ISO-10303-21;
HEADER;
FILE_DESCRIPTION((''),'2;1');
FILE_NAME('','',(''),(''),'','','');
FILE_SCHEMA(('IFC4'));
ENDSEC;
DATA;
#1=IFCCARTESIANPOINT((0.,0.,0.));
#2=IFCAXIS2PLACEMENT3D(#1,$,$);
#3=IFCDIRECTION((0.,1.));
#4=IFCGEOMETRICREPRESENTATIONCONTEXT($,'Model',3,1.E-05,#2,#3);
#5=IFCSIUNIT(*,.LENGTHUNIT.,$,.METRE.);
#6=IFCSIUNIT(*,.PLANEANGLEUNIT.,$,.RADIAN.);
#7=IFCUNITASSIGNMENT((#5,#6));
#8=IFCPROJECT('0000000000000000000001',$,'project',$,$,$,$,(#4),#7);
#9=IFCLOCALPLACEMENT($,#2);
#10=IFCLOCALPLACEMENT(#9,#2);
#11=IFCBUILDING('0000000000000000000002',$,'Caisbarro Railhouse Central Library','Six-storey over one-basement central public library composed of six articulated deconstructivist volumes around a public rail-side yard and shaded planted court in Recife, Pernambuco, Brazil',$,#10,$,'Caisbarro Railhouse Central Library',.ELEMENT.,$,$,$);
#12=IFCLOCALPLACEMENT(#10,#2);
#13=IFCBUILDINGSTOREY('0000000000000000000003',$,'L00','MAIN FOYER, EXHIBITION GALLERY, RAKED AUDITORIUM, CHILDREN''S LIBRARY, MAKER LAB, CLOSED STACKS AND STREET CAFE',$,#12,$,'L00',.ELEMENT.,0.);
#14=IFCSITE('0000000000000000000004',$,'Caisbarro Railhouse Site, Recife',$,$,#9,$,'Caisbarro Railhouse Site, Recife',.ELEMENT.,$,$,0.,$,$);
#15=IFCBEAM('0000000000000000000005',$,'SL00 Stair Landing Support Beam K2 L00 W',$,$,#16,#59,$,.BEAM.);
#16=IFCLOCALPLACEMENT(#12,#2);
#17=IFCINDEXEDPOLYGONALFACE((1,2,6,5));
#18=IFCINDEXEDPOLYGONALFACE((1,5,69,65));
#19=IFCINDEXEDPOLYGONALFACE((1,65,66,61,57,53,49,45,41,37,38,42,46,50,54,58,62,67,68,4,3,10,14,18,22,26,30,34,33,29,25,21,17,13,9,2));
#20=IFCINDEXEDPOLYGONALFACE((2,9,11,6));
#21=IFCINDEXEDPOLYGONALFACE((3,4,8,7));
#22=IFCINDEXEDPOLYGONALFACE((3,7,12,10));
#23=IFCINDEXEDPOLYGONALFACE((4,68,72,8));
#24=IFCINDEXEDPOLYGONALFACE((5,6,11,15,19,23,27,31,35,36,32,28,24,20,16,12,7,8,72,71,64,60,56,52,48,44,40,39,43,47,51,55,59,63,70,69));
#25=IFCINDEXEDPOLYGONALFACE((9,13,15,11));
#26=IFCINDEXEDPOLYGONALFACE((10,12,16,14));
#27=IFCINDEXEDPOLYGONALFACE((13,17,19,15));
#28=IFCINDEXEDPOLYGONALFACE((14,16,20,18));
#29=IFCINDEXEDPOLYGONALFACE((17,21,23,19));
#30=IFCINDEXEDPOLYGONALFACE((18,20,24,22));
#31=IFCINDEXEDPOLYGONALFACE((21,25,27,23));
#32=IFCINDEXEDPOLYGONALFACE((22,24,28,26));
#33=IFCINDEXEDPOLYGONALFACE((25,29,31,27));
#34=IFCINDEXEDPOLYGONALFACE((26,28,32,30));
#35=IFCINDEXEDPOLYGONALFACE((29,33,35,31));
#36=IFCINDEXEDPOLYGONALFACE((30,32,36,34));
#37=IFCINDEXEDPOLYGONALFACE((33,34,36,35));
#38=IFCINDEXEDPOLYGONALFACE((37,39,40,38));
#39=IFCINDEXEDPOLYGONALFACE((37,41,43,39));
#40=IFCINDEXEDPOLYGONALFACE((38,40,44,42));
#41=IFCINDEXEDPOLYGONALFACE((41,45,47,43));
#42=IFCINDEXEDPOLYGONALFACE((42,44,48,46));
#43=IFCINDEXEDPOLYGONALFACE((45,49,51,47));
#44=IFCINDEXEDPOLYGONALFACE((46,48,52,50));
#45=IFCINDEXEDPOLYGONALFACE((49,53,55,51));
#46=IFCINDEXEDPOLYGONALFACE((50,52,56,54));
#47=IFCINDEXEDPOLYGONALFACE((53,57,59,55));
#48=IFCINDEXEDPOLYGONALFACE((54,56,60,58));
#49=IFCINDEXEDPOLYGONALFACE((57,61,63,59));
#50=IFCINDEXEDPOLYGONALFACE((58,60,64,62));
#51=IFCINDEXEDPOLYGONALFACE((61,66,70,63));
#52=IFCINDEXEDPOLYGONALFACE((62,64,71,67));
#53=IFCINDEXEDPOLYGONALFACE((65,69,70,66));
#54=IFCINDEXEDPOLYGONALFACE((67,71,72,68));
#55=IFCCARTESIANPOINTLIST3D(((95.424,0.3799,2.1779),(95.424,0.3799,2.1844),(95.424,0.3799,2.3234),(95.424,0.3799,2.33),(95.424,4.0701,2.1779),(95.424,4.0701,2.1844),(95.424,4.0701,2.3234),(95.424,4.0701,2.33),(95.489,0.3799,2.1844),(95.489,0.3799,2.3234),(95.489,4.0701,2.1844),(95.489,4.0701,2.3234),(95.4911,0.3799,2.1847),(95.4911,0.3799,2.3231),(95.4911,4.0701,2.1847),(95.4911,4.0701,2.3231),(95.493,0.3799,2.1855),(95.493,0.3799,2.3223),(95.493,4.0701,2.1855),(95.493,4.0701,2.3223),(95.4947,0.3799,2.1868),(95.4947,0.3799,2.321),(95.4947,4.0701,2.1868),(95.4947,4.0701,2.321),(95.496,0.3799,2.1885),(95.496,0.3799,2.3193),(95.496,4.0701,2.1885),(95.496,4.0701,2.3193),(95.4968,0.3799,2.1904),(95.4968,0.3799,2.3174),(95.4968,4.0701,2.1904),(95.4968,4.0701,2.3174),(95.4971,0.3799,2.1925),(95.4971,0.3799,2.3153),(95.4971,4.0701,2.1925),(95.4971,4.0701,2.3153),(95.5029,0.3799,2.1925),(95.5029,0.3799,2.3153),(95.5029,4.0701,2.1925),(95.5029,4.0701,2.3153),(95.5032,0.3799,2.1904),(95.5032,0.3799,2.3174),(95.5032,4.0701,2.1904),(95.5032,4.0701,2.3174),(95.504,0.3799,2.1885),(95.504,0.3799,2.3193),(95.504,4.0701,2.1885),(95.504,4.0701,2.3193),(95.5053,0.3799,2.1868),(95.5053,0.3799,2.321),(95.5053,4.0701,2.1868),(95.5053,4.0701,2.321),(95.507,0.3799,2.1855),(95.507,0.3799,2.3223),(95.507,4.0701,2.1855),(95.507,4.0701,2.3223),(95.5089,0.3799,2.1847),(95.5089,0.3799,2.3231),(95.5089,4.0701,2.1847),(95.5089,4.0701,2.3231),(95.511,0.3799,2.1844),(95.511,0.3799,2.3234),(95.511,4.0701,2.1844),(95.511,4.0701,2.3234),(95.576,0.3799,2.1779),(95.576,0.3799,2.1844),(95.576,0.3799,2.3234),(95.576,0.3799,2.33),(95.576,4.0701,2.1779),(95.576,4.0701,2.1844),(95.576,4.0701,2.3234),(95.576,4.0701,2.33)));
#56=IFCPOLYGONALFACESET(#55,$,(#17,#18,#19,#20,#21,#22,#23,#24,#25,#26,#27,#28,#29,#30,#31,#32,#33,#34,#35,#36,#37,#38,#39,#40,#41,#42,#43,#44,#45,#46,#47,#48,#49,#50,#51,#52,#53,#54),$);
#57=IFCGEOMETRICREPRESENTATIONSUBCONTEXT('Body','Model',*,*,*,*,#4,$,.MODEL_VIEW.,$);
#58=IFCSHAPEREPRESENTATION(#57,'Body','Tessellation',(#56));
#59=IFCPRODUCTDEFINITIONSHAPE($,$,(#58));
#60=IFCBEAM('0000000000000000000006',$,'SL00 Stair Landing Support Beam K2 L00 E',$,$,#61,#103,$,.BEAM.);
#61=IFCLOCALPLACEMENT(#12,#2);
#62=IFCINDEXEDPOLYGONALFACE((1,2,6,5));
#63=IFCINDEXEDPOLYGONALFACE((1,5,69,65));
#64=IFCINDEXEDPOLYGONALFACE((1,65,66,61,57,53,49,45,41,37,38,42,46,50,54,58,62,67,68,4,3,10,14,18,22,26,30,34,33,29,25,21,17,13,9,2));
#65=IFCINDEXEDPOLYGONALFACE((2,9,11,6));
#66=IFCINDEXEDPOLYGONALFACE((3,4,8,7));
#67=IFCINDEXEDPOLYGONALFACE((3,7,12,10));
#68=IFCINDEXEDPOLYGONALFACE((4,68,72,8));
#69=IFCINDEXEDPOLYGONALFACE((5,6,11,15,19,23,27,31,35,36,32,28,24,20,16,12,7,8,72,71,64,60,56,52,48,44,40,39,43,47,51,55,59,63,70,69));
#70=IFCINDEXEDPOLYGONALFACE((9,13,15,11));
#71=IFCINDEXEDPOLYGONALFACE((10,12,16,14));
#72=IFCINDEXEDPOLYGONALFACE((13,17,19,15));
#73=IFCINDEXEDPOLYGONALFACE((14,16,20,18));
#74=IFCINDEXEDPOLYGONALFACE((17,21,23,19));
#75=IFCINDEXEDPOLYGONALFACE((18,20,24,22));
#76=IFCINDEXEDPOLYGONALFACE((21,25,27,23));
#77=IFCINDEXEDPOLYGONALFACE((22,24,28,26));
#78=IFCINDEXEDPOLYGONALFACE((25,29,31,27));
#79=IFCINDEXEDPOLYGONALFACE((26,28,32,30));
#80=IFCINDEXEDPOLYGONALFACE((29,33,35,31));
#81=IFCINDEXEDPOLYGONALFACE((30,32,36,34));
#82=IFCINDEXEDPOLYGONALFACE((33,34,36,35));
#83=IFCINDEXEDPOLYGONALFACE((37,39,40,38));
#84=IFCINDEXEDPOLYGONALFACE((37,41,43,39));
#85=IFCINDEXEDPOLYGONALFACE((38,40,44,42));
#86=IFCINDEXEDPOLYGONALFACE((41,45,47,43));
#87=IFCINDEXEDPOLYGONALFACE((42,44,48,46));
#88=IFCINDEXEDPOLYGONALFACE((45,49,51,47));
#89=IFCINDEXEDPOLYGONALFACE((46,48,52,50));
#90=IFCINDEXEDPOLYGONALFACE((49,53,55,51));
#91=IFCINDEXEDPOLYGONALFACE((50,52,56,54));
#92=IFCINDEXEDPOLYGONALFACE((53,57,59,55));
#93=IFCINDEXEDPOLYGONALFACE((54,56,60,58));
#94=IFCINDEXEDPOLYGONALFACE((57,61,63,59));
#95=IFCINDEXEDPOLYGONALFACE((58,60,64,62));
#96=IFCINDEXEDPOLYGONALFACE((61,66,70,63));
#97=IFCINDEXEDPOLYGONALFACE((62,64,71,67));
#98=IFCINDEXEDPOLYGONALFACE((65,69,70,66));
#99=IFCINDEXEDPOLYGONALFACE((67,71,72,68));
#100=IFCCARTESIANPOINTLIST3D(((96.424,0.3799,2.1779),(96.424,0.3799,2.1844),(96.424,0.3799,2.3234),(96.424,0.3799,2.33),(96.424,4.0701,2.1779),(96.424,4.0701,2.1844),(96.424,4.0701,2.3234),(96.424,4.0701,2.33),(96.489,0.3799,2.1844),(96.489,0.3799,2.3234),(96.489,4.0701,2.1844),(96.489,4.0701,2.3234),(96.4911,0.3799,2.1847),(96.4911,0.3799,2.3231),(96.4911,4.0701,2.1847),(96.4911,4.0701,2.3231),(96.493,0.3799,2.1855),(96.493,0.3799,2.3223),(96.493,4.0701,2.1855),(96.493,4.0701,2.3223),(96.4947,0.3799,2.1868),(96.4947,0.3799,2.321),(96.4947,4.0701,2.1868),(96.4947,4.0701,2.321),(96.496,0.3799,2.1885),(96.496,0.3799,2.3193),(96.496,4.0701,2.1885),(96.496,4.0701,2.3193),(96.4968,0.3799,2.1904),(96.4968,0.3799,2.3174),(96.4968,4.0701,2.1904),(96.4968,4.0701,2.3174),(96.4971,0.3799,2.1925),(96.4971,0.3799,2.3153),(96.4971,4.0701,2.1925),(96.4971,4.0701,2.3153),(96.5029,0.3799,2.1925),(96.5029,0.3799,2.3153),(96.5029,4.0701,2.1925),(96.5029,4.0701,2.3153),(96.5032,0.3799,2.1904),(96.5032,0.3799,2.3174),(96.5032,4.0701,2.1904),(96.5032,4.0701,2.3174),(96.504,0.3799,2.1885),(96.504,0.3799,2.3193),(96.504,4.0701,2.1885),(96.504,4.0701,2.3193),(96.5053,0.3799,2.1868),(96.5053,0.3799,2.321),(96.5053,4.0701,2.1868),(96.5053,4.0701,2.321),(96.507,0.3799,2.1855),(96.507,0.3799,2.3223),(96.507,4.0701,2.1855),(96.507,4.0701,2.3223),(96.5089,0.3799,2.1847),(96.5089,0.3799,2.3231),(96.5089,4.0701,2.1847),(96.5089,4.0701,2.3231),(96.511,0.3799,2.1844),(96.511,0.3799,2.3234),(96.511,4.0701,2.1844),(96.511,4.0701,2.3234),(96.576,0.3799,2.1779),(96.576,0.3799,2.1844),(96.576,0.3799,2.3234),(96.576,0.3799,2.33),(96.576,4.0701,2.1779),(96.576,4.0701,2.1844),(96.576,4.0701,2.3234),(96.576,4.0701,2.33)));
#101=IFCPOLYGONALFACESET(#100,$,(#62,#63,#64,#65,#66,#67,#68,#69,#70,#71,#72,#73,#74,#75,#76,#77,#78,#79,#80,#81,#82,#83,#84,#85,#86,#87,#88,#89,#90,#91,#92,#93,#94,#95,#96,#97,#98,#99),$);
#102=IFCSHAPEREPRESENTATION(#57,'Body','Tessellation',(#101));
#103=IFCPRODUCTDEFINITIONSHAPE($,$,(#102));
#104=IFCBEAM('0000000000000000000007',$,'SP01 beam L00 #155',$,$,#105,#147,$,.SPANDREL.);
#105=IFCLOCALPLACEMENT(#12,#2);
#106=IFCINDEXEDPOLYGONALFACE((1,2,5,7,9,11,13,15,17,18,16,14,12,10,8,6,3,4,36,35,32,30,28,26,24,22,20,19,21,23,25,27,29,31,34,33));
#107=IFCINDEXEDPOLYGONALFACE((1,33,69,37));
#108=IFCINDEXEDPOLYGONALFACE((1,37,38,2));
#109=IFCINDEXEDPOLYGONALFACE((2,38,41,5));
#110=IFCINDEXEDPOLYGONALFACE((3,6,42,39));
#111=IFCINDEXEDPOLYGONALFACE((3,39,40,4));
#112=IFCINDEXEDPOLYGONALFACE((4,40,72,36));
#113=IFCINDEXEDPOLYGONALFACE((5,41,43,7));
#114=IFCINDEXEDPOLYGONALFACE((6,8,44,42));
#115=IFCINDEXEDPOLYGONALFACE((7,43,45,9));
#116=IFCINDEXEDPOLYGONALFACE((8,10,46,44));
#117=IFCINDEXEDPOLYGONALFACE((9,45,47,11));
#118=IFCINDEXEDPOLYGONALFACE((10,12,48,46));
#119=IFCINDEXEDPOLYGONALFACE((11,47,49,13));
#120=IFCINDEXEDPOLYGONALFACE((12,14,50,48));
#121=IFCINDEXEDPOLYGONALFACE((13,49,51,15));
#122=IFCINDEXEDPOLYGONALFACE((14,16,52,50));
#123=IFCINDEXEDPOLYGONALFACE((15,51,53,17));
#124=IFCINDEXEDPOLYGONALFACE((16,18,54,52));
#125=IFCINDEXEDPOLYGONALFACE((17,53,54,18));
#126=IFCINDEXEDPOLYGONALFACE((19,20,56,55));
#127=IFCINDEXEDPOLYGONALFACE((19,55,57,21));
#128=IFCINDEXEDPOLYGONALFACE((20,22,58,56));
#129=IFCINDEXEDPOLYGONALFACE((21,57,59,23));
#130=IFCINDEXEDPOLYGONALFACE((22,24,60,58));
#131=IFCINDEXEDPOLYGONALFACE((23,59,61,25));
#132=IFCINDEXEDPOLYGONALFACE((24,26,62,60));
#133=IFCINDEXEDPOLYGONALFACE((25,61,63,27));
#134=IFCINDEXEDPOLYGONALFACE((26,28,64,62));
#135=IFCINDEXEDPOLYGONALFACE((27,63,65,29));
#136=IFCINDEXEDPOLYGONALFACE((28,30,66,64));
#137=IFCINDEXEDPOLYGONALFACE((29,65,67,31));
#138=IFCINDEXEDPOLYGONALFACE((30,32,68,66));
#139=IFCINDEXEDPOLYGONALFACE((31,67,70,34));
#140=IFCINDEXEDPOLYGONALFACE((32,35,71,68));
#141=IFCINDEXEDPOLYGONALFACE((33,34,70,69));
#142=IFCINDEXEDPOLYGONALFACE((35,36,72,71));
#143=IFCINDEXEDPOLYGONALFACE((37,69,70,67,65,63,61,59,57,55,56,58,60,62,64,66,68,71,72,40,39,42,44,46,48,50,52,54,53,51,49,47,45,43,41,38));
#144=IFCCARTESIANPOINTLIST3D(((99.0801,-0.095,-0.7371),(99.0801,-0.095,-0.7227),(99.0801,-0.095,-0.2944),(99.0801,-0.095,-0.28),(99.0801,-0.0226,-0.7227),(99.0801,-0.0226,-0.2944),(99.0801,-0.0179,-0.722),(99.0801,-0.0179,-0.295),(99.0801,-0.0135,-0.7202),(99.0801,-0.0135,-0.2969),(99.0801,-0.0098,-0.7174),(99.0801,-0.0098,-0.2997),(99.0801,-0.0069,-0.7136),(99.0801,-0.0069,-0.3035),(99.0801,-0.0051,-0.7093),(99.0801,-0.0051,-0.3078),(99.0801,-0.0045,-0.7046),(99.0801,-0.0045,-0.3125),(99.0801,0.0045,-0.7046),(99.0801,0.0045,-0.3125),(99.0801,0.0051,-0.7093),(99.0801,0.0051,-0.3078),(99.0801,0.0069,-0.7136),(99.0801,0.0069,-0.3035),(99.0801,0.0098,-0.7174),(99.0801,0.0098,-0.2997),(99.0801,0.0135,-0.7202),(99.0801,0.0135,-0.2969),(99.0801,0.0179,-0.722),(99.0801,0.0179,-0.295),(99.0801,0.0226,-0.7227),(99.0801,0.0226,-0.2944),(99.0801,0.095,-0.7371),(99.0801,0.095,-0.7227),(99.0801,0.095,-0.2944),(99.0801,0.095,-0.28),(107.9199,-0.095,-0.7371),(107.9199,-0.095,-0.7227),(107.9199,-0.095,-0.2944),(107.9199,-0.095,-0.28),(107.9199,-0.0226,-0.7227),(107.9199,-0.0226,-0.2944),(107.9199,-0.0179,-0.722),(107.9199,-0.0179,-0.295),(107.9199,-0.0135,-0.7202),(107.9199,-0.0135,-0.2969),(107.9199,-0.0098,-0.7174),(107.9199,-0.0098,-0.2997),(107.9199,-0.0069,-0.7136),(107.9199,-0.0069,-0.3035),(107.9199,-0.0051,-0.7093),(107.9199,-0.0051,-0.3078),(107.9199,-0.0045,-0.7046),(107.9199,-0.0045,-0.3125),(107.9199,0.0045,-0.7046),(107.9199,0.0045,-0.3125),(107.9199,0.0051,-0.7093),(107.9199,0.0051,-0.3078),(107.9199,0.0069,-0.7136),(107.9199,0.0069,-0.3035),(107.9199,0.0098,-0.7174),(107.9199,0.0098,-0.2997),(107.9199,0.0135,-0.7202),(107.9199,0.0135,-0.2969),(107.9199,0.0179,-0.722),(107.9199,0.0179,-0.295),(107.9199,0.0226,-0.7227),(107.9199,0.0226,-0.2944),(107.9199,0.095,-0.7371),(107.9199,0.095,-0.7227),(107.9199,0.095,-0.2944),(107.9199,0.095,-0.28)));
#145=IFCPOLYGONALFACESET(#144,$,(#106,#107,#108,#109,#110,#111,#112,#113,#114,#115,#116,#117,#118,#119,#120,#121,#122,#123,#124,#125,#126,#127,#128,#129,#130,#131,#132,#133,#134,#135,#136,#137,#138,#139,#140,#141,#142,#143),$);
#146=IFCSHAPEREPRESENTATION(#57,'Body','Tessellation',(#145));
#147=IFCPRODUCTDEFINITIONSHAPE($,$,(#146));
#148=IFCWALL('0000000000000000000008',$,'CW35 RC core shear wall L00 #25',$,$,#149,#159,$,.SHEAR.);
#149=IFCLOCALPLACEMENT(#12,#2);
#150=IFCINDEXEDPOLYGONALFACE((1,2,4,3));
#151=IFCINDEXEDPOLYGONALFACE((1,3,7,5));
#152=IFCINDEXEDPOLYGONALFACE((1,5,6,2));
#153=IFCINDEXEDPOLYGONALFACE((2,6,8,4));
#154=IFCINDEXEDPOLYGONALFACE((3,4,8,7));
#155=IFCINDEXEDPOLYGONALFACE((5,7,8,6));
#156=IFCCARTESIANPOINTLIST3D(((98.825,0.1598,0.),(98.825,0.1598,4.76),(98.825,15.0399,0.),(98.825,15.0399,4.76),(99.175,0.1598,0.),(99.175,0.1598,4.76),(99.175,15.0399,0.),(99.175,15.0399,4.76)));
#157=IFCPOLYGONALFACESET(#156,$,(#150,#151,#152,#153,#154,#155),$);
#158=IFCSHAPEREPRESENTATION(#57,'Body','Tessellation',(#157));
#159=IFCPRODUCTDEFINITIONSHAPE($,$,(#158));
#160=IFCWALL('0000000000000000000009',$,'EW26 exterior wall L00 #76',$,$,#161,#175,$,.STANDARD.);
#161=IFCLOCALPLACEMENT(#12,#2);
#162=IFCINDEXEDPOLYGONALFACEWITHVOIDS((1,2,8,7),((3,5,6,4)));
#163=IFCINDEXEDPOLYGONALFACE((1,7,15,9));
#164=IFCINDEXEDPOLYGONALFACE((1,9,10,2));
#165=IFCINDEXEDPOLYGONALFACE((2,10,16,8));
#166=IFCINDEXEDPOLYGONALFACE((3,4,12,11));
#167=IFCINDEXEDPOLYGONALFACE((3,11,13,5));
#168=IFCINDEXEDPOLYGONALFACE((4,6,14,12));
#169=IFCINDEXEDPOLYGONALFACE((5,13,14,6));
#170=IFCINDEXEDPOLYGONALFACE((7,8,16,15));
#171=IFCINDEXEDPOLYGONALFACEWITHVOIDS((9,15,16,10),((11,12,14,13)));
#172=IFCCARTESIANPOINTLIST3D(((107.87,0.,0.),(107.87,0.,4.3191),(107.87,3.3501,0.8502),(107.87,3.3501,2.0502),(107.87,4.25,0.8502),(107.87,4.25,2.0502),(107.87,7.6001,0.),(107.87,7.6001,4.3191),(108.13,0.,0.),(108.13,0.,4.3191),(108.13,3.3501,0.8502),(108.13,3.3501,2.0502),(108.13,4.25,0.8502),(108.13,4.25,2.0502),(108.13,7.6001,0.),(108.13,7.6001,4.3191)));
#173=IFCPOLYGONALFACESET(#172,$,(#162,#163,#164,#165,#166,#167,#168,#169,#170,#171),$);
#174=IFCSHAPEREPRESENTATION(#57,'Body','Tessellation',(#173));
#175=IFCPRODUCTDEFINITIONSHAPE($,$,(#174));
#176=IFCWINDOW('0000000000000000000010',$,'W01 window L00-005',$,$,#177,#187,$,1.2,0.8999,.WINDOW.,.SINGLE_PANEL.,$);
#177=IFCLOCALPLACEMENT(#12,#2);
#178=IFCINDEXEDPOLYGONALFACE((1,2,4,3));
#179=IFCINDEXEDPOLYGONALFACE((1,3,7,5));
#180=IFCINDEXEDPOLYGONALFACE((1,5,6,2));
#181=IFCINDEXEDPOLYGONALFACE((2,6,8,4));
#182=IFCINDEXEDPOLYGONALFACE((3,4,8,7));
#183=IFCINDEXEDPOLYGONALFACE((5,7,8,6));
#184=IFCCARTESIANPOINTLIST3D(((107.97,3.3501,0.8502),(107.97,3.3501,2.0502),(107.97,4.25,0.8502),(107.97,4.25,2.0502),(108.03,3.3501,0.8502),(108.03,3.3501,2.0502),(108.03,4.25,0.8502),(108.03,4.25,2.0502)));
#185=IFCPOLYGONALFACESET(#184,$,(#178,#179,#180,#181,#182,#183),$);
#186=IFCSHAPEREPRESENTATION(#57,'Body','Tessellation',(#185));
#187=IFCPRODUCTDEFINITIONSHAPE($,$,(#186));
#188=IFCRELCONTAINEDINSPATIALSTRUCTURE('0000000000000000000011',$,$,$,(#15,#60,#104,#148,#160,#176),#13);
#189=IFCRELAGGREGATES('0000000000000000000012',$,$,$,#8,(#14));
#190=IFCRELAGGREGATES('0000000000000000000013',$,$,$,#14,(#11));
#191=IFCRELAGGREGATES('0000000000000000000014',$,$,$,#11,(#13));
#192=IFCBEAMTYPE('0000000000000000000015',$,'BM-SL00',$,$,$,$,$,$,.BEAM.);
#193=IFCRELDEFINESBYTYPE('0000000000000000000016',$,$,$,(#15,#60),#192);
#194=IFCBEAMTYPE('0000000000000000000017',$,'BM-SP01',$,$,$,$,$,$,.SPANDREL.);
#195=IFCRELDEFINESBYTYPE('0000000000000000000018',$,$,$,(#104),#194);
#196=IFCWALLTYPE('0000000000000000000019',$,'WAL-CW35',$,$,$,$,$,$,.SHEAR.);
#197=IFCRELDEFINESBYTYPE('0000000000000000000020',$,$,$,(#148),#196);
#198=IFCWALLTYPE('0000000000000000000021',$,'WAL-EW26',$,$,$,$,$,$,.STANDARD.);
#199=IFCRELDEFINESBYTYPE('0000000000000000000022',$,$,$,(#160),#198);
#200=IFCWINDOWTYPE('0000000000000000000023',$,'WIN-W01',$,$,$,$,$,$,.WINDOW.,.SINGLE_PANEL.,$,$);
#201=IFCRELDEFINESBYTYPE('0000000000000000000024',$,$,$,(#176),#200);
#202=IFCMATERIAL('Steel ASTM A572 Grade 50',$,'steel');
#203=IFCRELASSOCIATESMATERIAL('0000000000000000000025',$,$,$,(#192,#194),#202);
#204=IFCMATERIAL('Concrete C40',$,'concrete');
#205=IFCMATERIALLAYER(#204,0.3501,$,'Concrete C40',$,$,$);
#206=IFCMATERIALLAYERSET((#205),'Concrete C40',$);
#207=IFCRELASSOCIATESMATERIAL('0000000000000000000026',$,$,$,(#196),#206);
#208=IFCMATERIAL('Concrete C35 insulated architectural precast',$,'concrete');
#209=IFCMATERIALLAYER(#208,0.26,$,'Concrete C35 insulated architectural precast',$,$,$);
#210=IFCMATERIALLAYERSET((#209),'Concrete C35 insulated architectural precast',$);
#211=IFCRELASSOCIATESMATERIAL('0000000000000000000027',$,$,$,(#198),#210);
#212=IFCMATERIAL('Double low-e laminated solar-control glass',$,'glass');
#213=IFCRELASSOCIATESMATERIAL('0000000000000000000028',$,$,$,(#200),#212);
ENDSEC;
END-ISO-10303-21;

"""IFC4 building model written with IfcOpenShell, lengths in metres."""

from ifc_helpers import new_model, si_unit, direction, frame, frame_2d, origin, origin_2d, place, context, subcontext, project, spatial, rectangle, i_section, extrude, material, layer, layer_set, material_profile, profile_set, type_object, element, fill, save


model = new_model("IFC4")

# Units and contexts
model_context = context("Model", 3, precision=1e-05, world=origin(), true_north=direction((0.0, 1.0)))
body_context = subcontext(model_context, "Body", "Model", "MODEL_VIEW")
ifc_project = project(units=[si_unit("LENGTHUNIT", "METRE"), si_unit("PLANEANGLEUNIT", "RADIAN")], contexts=[model_context])

# Site, building, storey
site_placement = place(None, origin())
site = spatial("IfcSite", under=ifc_project, at=site_placement, Name="Caisbarro Railhouse Site, Recife", LongName="Caisbarro Railhouse Site, Recife", CompositionType="ELEMENT", RefElevation=0.0)
building_placement = place(site_placement, origin())
building = spatial("IfcBuilding", under=site, at=building_placement, Name="Caisbarro Railhouse Central Library", Description="Six-storey over one-basement central public library composed of six articulated deconstructivist volumes around a public rail-side yard and shaded planted court in Recife, Pernambuco, Brazil", LongName="Caisbarro Railhouse Central Library", CompositionType="ELEMENT")
storey_placement = place(building_placement, origin())
storey = spatial("IfcBuildingStorey", under=building, at=storey_placement, Name="L00", Description="MAIN FOYER, EXHIBITION GALLERY, RAKED AUDITORIUM, CHILDREN'S LIBRARY, MAKER LAB, CLOSED STACKS AND STREET CAFE", LongName="L00", CompositionType="ELEMENT", Elevation=0.0)

# Shared definitions
ifc_material_1 = material(Name="Steel ASTM A572 Grade 50", Category="steel")

# Beams
ifc_material_profile_1 = material_profile(ifc_material_1, i_section(OverallWidth=0.1521, OverallDepth=0.1521, WebThickness=0.0059, FlangeThickness=0.0066, FilletRadius=0.0081, at=origin_2d()), Name="W150X22.5")
ifc_profile_set_1 = profile_set([ifc_material_profile_1], Name="Steel ASTM A572 Grade 50")
beam_type_1 = type_object("IfcBeamType", Name="BM-SL00", PredefinedType="BEAM", material=ifc_profile_set_1)
for number, where, z_axis, x_axis, name in (
    (1, (95.5, 0.3799, 2.2539), (0.0, 1.0, 0.0), (-1.0, 0.0, 0.0), "SL00 Stair Landing Support Beam K2 L00 W"),
    (2, (96.5, 0.3799, 2.2539), (0.0, 1.0, 0.0), (-1.0, 0.0, 0.0), "SL00 Stair Landing Support Beam K2 L00 E"),
):
    element("IfcBeam", number, at=place(storey_placement, frame(where, z_axis=z_axis, x_axis=x_axis)), inside=storey, type_object=beam_type_1, Name=name, PredefinedType="BEAM", context=body_context, shape_type="SweptSolid", body=[
        extrude(i_section(OverallWidth=0.1521, OverallDepth=0.1521, WebThickness=0.0059, FlangeThickness=0.0066, FilletRadius=0.0081, at=origin_2d()), origin(), (0.0, 0.0, 1.0), 3.6902),
    ])
ifc_material_profile_2 = material_profile(ifc_material_1, i_section(OverallWidth=0.1899, OverallDepth=0.457, WebThickness=0.009, FlangeThickness=0.0144, FilletRadius=0.0181, at=origin_2d()), Name="W460X74.0")
ifc_profile_set_2 = profile_set([ifc_material_profile_2], Name="Steel ASTM A572 Grade 50")
beam_type_2 = type_object("IfcBeamType", Name="BM-SP01", PredefinedType="SPANDREL", material=ifc_profile_set_2)
beam_placement = place(storey_placement, frame((99.0801, 0.0, -0.5085), z_axis=(1.0, 0.0, 0.0), x_axis=(0.0, 1.0, 0.0)))
element("IfcBeam", 3, at=beam_placement, inside=storey, type_object=beam_type_2, Name="SP01 beam L00 #155", PredefinedType="SPANDREL", context=body_context, shape_type="SweptSolid", body=[
    extrude(i_section(OverallWidth=0.1899, OverallDepth=0.457, WebThickness=0.009, FlangeThickness=0.0144, FilletRadius=0.0181, at=origin_2d()), origin(), (0.0, 0.0, 1.0), 8.8398),
])

# Wall
ifc_material_2 = material(Name="Concrete C40", Category="concrete")
ifc_layer_1 = layer(ifc_material_2, 0.3501, Name="Concrete C40")
ifc_layer_set_1 = layer_set([ifc_layer_1], Name="Concrete C40")
wall_type_1 = type_object("IfcWallType", Name="WAL-CW35", PredefinedType="SHEAR", material=ifc_layer_set_1)
wall_1_placement = place(storey_placement, frame((99.0, 0.1599, 0.0), z_axis=(0.0, 0.0, 1.0), x_axis=(0.0, 1.0, 0.0)))
element("IfcWall", 4, at=wall_1_placement, inside=storey, type_object=wall_type_1, Name="CW35 RC core shear wall L00 #25", PredefinedType="SHEAR", context=body_context, shape_type="SweptSolid", body=[
    extrude(rectangle(XDim=14.8801, YDim=0.3501, at=frame_2d((7.4399, 0.0))), origin(), (0.0, 0.0, 1.0), 4.76),
])

# Wall, opening, window
ifc_material_3 = material(Name="Concrete C35 insulated architectural precast", Category="concrete")
ifc_layer_2 = layer(ifc_material_3, 0.26, Name="Concrete C35 insulated architectural precast")
ifc_layer_set_2 = layer_set([ifc_layer_2], Name="Concrete C35 insulated architectural precast")
wall_type_2 = type_object("IfcWallType", Name="WAL-EW26", PredefinedType="STANDARD", material=ifc_layer_set_2)
wall_2_placement = place(storey_placement, frame((108.0, 0.0, 0.0), z_axis=(0.0, 0.0, 1.0), x_axis=(0.0, 1.0, 0.0)))
wall_2 = element("IfcWall", 5, at=wall_2_placement, inside=storey, type_object=wall_type_2, Name="EW26 exterior wall L00 #76", PredefinedType="STANDARD", context=body_context, shape_type="SweptSolid", body=[
    extrude(rectangle(XDim=7.6001, YDim=0.26, at=frame_2d((3.8, 0.0))), origin(), (0.0, 0.0, 1.0), 4.3191),
])
opening_1_placement = place(wall_2_placement, frame((3.3501, 0.0, 0.8501)))
opening_1 = element("IfcOpeningElement", 6, at=opening_1_placement, cuts=wall_2, PredefinedType="OPENING", context=body_context, shape_type="SweptSolid", body=[
    extrude(rectangle(XDim=0.8999, YDim=1.2, at=frame_2d((0.45, 0.6001))), frame((0.0, 0.1401, 0.0), z_axis=(0.0, -1.0, 0.0), x_axis=(1.0, 0.0, 0.0)), (0.0, 0.0, 1.0), 0.28),
])
ifc_material_4 = material(Name="Double low-e laminated solar-control glass", Category="glass")
window_type = type_object("IfcWindowType", Name="WIN-W01", PartitioningType="SINGLE_PANEL", PredefinedType="WINDOW", material=ifc_material_4)
window_placement = place(opening_1_placement, origin())
window = element("IfcWindow", 7, at=window_placement, inside=storey, type_object=window_type, Name="W01 window L00-005", OverallHeight=1.2, OverallWidth=0.8999, PartitioningType="SINGLE_PANEL", PredefinedType="WINDOW", context=body_context, shape_type="SweptSolid", body=[
    extrude(rectangle(XDim=0.8999, YDim=1.2, at=frame_2d((0.45, 0.6001))), frame((0.0, 0.03, 0.0), z_axis=(0.0, -1.0, 0.0), x_axis=(1.0, 0.0, 0.0)), (0.0, 0.0, 1.0), 0.0601),
])
fill(opening_1, window)

save(model, "model.ifc")
